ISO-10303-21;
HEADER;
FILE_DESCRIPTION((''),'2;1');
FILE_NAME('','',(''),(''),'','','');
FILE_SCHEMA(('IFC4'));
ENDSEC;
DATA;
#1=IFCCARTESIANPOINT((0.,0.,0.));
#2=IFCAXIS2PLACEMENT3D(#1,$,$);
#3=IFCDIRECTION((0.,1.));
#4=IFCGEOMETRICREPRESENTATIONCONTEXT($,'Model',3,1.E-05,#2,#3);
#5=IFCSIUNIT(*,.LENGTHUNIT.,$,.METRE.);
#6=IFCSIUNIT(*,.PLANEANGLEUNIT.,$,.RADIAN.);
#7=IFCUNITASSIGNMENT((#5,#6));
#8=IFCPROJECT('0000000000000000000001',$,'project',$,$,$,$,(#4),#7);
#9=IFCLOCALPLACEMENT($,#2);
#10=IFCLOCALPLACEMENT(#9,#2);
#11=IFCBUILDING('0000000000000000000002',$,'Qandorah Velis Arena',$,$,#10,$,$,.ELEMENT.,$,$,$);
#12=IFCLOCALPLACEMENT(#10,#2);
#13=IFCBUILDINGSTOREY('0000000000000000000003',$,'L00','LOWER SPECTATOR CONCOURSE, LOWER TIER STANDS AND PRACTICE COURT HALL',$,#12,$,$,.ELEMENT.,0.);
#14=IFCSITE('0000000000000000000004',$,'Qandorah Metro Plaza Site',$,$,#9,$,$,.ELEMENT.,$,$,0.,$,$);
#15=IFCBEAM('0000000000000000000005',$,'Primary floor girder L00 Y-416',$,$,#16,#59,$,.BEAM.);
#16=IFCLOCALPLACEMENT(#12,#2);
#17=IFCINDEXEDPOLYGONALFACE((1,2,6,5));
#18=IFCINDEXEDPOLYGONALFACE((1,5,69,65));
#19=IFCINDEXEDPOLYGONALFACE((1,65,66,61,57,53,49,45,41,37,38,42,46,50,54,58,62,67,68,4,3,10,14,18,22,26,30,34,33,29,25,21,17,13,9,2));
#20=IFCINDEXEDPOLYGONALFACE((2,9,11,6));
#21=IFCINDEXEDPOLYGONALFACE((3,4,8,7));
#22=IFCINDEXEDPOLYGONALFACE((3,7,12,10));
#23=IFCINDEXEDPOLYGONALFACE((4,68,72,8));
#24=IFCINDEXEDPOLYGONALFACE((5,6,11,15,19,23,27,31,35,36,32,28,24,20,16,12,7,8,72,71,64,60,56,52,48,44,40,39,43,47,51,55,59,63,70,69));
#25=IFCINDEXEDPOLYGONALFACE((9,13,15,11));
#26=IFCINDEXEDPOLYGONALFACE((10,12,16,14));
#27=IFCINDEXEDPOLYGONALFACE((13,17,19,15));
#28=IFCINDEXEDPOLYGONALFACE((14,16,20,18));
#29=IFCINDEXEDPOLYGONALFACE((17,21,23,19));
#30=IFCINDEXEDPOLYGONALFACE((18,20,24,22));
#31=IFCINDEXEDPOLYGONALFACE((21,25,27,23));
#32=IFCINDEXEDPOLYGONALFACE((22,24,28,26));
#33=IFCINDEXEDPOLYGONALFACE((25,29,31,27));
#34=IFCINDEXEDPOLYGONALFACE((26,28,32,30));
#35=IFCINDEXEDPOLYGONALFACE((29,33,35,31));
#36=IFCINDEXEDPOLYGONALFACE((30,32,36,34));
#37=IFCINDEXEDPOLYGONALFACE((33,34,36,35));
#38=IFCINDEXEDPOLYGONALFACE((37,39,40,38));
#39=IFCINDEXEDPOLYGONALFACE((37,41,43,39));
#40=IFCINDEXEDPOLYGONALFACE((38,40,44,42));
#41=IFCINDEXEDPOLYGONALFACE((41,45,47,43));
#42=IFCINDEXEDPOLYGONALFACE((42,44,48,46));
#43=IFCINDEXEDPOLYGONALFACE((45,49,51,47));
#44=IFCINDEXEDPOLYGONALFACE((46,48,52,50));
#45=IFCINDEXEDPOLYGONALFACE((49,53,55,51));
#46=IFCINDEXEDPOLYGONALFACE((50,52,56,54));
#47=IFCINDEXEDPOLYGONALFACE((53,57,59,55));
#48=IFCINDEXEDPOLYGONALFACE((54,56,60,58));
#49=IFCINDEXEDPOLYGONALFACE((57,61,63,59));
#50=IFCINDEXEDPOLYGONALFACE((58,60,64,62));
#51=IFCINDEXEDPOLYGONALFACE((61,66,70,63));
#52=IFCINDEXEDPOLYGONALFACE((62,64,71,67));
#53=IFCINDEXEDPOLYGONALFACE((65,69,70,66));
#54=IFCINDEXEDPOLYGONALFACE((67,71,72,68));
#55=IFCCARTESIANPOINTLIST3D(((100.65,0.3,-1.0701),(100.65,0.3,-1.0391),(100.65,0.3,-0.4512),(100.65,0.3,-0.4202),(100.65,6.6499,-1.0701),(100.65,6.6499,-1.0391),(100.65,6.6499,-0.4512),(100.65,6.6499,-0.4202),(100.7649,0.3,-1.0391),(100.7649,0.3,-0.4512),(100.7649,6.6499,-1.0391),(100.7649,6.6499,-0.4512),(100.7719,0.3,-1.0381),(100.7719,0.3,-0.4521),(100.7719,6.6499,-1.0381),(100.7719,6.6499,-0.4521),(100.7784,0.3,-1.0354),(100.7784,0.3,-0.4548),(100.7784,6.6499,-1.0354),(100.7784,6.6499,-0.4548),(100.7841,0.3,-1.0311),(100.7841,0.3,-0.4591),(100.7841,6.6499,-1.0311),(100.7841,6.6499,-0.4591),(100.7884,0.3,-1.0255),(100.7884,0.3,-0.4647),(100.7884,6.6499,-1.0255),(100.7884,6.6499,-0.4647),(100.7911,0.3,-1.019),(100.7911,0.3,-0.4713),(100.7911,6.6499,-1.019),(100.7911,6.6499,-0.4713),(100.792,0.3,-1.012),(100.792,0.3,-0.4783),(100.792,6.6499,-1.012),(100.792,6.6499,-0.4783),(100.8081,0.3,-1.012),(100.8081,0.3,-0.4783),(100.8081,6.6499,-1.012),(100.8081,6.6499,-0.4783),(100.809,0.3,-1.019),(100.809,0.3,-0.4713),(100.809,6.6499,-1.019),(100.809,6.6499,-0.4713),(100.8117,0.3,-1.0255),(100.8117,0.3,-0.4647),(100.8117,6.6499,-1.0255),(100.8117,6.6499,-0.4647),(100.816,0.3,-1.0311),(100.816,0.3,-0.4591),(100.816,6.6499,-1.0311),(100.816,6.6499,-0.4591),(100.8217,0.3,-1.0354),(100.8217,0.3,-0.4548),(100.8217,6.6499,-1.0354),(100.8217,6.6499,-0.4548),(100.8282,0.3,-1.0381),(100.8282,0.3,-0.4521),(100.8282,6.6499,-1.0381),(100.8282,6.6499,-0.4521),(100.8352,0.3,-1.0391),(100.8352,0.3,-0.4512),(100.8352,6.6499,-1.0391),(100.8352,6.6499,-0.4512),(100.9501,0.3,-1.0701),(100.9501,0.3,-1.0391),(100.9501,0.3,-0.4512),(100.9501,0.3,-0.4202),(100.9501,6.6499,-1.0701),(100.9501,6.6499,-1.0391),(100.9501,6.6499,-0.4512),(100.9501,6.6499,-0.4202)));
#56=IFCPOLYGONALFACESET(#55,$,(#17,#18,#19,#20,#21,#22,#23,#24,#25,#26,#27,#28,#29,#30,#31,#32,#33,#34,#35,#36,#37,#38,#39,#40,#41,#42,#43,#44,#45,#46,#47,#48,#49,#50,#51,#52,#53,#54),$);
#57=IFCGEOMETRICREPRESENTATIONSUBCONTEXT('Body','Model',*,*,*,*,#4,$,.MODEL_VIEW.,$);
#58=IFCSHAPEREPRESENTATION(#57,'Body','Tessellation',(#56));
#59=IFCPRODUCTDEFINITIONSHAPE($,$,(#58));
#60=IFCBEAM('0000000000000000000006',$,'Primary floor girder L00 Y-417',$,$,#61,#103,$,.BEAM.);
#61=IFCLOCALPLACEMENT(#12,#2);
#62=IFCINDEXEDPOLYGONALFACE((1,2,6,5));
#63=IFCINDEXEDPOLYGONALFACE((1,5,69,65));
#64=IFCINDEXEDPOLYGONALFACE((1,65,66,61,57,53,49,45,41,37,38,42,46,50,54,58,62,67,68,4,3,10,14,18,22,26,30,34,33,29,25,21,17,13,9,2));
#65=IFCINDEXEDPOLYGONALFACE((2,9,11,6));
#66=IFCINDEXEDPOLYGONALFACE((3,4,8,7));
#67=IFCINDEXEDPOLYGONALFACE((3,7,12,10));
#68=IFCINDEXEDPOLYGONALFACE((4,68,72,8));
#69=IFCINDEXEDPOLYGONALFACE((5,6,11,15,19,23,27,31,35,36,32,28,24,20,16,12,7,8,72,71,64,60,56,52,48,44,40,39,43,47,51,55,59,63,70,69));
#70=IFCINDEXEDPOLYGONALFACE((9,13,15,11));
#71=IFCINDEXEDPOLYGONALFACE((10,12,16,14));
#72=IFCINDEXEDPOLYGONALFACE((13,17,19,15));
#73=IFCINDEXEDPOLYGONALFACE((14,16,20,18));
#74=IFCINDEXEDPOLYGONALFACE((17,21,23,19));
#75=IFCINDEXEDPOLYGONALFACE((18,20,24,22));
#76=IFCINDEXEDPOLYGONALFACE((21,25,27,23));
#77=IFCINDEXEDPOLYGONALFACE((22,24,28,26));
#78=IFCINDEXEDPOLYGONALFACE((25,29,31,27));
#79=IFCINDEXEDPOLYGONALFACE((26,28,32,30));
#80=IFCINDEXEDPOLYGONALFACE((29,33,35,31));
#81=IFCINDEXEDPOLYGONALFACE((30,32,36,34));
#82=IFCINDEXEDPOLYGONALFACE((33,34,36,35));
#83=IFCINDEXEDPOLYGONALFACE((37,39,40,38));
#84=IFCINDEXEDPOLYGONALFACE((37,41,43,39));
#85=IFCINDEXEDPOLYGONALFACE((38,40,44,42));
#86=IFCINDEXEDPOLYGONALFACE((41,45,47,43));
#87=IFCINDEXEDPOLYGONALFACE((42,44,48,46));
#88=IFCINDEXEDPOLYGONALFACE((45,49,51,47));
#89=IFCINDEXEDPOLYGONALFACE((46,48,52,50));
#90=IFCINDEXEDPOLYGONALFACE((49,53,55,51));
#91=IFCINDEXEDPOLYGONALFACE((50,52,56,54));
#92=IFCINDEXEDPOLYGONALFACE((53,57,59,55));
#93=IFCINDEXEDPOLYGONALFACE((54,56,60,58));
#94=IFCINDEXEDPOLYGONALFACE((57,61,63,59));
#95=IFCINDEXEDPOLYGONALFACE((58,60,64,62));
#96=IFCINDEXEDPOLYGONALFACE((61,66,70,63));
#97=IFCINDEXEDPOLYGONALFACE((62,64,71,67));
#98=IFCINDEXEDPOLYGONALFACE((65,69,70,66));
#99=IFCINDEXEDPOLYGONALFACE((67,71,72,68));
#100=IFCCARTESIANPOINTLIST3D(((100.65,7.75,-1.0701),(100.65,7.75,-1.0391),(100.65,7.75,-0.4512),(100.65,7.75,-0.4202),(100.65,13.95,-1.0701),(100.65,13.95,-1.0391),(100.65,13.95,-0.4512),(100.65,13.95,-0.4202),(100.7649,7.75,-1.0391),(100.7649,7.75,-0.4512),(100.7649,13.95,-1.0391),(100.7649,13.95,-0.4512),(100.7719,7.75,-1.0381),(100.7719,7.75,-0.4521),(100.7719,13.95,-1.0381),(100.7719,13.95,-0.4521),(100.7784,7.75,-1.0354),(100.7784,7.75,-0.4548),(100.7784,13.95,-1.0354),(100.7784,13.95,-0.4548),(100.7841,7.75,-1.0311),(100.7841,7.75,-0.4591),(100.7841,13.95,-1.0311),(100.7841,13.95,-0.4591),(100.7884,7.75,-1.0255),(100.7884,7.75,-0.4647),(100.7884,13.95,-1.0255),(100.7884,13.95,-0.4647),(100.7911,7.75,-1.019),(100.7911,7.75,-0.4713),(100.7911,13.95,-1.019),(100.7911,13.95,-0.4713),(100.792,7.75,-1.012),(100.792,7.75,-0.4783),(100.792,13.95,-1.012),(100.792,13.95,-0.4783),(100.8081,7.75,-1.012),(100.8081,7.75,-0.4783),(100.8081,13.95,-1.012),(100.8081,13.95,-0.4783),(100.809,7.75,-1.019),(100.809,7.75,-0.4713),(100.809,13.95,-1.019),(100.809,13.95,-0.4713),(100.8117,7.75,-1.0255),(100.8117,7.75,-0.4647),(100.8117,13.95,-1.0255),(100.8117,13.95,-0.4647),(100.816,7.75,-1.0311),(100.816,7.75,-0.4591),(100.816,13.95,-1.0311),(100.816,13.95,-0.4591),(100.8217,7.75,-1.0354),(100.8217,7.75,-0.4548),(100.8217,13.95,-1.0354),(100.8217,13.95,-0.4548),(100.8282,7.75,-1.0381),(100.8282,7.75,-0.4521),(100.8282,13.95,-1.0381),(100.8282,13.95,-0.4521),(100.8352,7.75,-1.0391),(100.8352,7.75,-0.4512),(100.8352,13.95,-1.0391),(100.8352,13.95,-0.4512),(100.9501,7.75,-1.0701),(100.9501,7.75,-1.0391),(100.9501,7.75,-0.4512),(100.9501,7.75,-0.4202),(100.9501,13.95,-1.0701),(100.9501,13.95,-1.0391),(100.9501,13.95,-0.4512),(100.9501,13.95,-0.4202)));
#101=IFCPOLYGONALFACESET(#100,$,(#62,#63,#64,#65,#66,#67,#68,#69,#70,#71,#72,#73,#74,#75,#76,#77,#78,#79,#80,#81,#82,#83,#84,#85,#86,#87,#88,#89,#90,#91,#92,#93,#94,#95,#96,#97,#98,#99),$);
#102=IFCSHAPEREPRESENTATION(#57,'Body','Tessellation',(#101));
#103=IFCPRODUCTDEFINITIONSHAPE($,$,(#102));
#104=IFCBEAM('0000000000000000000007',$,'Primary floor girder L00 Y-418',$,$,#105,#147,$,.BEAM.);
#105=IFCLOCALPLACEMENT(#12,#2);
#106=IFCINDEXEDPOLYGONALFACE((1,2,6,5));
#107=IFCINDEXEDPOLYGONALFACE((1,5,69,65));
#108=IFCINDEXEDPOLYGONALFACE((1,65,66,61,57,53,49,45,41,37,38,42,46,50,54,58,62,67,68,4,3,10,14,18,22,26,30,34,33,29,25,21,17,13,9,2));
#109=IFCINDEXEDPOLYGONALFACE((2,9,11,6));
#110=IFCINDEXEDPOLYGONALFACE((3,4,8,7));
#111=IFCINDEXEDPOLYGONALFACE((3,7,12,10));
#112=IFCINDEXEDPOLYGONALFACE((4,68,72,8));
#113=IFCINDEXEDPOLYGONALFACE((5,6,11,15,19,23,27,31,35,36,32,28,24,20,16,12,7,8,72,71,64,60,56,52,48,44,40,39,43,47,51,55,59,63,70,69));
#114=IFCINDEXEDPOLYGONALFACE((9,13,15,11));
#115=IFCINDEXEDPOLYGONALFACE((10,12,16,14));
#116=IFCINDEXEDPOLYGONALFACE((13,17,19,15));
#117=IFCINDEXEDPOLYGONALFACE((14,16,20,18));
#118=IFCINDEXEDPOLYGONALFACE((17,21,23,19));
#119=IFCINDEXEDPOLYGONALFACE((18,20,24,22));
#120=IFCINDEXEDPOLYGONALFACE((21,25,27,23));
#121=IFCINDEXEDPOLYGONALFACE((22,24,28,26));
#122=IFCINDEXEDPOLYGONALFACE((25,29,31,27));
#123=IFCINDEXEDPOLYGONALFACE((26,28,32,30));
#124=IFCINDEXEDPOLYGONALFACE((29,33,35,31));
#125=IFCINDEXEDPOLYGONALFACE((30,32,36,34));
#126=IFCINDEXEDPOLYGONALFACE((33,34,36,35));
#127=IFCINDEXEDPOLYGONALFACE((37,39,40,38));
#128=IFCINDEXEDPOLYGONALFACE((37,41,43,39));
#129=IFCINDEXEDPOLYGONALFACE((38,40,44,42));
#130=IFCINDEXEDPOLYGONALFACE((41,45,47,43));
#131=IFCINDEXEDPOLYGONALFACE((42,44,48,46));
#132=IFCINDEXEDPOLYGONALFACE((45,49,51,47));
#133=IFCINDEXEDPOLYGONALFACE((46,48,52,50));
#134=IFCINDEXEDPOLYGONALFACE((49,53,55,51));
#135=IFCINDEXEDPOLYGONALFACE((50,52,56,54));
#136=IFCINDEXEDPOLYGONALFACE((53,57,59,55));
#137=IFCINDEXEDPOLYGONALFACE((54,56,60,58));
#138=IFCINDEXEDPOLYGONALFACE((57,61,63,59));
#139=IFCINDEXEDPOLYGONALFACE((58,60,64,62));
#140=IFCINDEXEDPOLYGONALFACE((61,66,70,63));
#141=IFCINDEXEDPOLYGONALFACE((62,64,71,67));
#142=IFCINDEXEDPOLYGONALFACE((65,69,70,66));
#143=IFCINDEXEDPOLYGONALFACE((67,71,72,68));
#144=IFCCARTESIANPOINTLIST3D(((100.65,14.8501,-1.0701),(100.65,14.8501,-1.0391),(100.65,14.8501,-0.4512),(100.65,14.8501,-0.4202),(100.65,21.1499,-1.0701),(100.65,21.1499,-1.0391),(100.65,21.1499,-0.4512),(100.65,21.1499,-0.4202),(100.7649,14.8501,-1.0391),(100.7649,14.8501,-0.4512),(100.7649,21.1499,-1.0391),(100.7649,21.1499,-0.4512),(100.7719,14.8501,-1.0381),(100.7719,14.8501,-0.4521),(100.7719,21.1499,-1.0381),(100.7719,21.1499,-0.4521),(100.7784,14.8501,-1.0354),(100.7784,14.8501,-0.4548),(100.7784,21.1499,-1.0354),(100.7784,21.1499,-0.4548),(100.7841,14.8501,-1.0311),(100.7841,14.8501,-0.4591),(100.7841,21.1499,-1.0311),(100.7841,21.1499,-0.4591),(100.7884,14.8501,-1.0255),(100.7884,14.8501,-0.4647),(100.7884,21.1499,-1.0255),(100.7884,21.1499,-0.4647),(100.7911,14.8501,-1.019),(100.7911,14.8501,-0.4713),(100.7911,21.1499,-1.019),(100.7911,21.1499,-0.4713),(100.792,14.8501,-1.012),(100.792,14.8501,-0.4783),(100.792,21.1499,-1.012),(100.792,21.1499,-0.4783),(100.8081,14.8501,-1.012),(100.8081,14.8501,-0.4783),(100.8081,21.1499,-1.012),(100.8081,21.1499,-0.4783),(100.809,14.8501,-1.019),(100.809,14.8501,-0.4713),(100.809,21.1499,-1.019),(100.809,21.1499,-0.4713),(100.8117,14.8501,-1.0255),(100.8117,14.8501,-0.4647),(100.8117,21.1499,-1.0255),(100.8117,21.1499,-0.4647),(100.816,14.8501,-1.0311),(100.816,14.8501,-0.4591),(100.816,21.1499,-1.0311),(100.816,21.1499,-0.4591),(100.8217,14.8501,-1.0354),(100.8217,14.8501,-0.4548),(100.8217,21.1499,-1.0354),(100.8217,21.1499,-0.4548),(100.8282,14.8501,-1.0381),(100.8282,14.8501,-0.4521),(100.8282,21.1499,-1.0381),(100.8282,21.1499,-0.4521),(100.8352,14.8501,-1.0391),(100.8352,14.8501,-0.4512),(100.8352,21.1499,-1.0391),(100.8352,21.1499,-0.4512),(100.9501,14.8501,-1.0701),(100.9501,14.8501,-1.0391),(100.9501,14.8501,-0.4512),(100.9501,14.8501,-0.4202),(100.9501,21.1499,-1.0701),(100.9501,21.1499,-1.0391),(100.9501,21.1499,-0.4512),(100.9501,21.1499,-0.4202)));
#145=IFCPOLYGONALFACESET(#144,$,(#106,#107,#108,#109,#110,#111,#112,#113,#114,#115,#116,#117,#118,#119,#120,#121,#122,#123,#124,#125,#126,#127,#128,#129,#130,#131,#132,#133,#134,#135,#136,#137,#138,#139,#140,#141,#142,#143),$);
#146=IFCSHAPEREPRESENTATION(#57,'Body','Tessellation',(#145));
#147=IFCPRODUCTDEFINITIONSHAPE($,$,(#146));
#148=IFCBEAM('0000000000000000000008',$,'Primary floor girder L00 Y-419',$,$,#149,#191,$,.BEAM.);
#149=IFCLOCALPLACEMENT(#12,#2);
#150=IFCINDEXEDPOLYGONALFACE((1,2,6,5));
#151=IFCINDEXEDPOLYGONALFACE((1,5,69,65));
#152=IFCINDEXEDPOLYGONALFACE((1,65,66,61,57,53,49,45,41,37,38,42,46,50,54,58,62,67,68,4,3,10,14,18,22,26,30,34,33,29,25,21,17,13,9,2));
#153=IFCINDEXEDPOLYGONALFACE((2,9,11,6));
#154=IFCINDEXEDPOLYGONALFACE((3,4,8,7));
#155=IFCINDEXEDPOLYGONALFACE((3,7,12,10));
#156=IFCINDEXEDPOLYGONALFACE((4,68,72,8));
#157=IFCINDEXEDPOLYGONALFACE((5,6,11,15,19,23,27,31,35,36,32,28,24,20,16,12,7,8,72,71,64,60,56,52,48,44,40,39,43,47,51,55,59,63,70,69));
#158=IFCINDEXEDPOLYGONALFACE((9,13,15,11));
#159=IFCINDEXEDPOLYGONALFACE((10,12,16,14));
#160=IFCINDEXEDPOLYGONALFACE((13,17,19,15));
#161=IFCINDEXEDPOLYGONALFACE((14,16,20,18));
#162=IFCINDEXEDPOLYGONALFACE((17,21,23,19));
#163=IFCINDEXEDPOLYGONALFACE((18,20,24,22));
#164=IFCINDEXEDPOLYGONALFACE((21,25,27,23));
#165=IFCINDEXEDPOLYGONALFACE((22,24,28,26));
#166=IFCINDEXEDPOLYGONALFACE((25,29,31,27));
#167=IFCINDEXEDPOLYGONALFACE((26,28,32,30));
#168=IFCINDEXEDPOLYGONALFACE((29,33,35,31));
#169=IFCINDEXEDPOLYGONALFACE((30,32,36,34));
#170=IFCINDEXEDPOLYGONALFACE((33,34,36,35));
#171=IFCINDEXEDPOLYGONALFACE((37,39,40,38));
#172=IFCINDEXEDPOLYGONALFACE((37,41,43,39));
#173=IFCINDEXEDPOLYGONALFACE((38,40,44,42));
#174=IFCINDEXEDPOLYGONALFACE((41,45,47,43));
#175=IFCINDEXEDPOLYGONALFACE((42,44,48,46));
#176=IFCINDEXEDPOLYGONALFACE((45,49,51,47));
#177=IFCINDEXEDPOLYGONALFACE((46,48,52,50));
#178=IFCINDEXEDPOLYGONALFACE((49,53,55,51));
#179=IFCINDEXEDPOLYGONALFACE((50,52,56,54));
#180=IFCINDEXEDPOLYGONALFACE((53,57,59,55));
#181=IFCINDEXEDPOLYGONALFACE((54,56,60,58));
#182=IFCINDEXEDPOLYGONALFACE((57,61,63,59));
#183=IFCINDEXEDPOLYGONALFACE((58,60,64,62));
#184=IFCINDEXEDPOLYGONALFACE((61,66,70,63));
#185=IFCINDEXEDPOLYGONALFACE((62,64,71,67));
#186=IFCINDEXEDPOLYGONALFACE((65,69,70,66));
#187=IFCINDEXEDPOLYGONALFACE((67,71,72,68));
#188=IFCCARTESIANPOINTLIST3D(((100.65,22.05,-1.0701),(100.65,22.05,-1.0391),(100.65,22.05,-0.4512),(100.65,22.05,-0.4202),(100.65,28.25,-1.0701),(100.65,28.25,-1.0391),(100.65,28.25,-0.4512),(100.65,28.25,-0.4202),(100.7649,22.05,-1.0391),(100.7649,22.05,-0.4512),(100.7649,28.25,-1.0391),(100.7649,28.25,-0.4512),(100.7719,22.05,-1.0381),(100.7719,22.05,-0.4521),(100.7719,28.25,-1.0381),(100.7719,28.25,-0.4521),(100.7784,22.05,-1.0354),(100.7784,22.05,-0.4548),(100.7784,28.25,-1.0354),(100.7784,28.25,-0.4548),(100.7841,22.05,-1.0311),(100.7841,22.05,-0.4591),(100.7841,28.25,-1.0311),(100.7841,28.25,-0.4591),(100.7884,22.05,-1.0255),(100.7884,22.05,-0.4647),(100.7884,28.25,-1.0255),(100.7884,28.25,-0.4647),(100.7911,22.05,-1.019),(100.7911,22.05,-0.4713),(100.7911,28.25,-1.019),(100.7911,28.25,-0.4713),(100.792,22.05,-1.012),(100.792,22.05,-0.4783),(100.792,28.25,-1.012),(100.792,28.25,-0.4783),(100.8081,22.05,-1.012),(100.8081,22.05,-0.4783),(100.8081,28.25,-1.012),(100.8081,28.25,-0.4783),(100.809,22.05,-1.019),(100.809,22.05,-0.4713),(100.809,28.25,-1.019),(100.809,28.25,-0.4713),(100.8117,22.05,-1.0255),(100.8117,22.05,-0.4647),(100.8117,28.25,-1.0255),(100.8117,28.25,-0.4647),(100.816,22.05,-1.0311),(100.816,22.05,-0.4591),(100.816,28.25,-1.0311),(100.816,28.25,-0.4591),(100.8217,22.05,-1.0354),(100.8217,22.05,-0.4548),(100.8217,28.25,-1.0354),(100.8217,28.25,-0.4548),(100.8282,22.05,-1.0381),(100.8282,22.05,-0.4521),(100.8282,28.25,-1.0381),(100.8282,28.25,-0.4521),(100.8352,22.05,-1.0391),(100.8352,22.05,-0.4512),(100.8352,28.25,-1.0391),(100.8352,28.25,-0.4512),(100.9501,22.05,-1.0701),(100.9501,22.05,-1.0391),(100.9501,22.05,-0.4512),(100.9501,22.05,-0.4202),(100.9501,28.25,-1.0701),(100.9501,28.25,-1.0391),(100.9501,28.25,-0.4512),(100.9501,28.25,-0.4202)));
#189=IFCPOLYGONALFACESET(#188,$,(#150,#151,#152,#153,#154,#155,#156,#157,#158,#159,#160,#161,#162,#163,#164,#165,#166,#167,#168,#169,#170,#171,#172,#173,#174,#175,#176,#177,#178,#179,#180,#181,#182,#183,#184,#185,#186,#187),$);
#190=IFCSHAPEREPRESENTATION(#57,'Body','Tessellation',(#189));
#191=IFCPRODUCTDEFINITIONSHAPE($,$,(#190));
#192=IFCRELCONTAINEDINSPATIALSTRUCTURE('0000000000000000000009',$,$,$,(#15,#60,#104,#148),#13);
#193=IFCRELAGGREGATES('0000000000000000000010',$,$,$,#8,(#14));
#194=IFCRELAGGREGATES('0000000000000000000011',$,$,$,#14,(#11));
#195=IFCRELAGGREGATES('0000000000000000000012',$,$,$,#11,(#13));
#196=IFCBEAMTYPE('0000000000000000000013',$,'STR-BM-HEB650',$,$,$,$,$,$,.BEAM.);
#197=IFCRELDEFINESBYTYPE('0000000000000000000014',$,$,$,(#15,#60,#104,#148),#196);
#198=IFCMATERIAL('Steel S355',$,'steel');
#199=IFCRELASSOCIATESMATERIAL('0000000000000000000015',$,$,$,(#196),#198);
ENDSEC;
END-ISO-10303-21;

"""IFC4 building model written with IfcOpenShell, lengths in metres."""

from ifc_helpers import new_model, si_unit, direction, frame, origin, origin_2d, place, context, subcontext, project, spatial, i_section, extrude, material, material_profile, profile_set, type_object, element, save


model = new_model("IFC4")

# Units and contexts
model_context = context("Model", 3, precision=1e-05, world=origin(), true_north=direction((0.0, 1.0)))
body_context = subcontext(model_context, "Body", "Model", "MODEL_VIEW")
ifc_project = project(units=[si_unit("LENGTHUNIT", "METRE"), si_unit("PLANEANGLEUNIT", "RADIAN")], contexts=[model_context])

# Site, building, storey
site_placement = place(None, origin())
site = spatial("IfcSite", under=ifc_project, at=site_placement, Name="Qandorah Metro Plaza Site", CompositionType="ELEMENT", RefElevation=0.0)
building_placement = place(site_placement, origin())
building = spatial("IfcBuilding", under=site, at=building_placement, Name="Qandorah Velis Arena", CompositionType="ELEMENT")
storey_placement = place(building_placement, origin())
storey = spatial("IfcBuildingStorey", under=building, at=storey_placement, Name="L00", Description="LOWER SPECTATOR CONCOURSE, LOWER TIER STANDS AND PRACTICE COURT HALL", CompositionType="ELEMENT", Elevation=0.0)

# Beams
ifc_material_1 = material(Name="Steel S355", Category="steel")
ifc_material_profile_1 = material_profile(ifc_material_1, i_section(OverallWidth=0.3, OverallDepth=0.6499, WebThickness=0.0161, FlangeThickness=0.031, FilletRadius=0.0271, at=origin_2d()), Name="HEB 650")
ifc_profile_set_1 = profile_set([ifc_material_profile_1], Name="Steel S355")
beam_type_1 = type_object("IfcBeamType", Name="STR-BM-HEB650", PredefinedType="BEAM", material=ifc_profile_set_1)
beam_1_placement = place(storey_placement, frame((100.8, 0.3, -0.7451), z_axis=(0.0, 1.0, 0.0), x_axis=(-1.0, 0.0, 0.0)))
element("IfcBeam", 1, at=beam_1_placement, inside=storey, type_object=beam_type_1, Name="Primary floor girder L00 Y-416", PredefinedType="BEAM", context=body_context, shape_type="SweptSolid", body=[
    extrude(i_section(OverallWidth=0.3, OverallDepth=0.6499, WebThickness=0.0161, FlangeThickness=0.031, FilletRadius=0.0271, at=origin_2d()), origin(), (0.0, 0.0, 1.0), 6.3499),
])
beam_2_placement = place(storey_placement, frame((100.8, 7.75, -0.7451), z_axis=(0.0, 1.0, 0.0), x_axis=(-1.0, 0.0, 0.0)))
element("IfcBeam", 2, at=beam_2_placement, inside=storey, type_object=beam_type_1, Name="Primary floor girder L00 Y-417", PredefinedType="BEAM", context=body_context, shape_type="SweptSolid", body=[
    extrude(i_section(OverallWidth=0.3, OverallDepth=0.6499, WebThickness=0.0161, FlangeThickness=0.031, FilletRadius=0.0271, at=origin_2d()), origin(), (0.0, 0.0, 1.0), 6.2),
])
beam_3_placement = place(storey_placement, frame((100.8, 14.8501, -0.7451), z_axis=(0.0, 1.0, 0.0), x_axis=(-1.0, 0.0, 0.0)))
element("IfcBeam", 3, at=beam_3_placement, inside=storey, type_object=beam_type_1, Name="Primary floor girder L00 Y-418", PredefinedType="BEAM", context=body_context, shape_type="SweptSolid", body=[
    extrude(i_section(OverallWidth=0.3, OverallDepth=0.6499, WebThickness=0.0161, FlangeThickness=0.031, FilletRadius=0.0271, at=origin_2d()), origin(), (0.0, 0.0, 1.0), 6.2998),
])
beam_4_placement = place(storey_placement, frame((100.8, 22.05, -0.7451), z_axis=(0.0, 1.0, 0.0), x_axis=(-1.0, 0.0, 0.0)))
element("IfcBeam", 4, at=beam_4_placement, inside=storey, type_object=beam_type_1, Name="Primary floor girder L00 Y-419", PredefinedType="BEAM", context=body_context, shape_type="SweptSolid", body=[
    extrude(i_section(OverallWidth=0.3, OverallDepth=0.6499, WebThickness=0.0161, FlangeThickness=0.031, FilletRadius=0.0271, at=origin_2d()), origin(), (0.0, 0.0, 1.0), 6.2),
])

save(model, "model.ifc")
